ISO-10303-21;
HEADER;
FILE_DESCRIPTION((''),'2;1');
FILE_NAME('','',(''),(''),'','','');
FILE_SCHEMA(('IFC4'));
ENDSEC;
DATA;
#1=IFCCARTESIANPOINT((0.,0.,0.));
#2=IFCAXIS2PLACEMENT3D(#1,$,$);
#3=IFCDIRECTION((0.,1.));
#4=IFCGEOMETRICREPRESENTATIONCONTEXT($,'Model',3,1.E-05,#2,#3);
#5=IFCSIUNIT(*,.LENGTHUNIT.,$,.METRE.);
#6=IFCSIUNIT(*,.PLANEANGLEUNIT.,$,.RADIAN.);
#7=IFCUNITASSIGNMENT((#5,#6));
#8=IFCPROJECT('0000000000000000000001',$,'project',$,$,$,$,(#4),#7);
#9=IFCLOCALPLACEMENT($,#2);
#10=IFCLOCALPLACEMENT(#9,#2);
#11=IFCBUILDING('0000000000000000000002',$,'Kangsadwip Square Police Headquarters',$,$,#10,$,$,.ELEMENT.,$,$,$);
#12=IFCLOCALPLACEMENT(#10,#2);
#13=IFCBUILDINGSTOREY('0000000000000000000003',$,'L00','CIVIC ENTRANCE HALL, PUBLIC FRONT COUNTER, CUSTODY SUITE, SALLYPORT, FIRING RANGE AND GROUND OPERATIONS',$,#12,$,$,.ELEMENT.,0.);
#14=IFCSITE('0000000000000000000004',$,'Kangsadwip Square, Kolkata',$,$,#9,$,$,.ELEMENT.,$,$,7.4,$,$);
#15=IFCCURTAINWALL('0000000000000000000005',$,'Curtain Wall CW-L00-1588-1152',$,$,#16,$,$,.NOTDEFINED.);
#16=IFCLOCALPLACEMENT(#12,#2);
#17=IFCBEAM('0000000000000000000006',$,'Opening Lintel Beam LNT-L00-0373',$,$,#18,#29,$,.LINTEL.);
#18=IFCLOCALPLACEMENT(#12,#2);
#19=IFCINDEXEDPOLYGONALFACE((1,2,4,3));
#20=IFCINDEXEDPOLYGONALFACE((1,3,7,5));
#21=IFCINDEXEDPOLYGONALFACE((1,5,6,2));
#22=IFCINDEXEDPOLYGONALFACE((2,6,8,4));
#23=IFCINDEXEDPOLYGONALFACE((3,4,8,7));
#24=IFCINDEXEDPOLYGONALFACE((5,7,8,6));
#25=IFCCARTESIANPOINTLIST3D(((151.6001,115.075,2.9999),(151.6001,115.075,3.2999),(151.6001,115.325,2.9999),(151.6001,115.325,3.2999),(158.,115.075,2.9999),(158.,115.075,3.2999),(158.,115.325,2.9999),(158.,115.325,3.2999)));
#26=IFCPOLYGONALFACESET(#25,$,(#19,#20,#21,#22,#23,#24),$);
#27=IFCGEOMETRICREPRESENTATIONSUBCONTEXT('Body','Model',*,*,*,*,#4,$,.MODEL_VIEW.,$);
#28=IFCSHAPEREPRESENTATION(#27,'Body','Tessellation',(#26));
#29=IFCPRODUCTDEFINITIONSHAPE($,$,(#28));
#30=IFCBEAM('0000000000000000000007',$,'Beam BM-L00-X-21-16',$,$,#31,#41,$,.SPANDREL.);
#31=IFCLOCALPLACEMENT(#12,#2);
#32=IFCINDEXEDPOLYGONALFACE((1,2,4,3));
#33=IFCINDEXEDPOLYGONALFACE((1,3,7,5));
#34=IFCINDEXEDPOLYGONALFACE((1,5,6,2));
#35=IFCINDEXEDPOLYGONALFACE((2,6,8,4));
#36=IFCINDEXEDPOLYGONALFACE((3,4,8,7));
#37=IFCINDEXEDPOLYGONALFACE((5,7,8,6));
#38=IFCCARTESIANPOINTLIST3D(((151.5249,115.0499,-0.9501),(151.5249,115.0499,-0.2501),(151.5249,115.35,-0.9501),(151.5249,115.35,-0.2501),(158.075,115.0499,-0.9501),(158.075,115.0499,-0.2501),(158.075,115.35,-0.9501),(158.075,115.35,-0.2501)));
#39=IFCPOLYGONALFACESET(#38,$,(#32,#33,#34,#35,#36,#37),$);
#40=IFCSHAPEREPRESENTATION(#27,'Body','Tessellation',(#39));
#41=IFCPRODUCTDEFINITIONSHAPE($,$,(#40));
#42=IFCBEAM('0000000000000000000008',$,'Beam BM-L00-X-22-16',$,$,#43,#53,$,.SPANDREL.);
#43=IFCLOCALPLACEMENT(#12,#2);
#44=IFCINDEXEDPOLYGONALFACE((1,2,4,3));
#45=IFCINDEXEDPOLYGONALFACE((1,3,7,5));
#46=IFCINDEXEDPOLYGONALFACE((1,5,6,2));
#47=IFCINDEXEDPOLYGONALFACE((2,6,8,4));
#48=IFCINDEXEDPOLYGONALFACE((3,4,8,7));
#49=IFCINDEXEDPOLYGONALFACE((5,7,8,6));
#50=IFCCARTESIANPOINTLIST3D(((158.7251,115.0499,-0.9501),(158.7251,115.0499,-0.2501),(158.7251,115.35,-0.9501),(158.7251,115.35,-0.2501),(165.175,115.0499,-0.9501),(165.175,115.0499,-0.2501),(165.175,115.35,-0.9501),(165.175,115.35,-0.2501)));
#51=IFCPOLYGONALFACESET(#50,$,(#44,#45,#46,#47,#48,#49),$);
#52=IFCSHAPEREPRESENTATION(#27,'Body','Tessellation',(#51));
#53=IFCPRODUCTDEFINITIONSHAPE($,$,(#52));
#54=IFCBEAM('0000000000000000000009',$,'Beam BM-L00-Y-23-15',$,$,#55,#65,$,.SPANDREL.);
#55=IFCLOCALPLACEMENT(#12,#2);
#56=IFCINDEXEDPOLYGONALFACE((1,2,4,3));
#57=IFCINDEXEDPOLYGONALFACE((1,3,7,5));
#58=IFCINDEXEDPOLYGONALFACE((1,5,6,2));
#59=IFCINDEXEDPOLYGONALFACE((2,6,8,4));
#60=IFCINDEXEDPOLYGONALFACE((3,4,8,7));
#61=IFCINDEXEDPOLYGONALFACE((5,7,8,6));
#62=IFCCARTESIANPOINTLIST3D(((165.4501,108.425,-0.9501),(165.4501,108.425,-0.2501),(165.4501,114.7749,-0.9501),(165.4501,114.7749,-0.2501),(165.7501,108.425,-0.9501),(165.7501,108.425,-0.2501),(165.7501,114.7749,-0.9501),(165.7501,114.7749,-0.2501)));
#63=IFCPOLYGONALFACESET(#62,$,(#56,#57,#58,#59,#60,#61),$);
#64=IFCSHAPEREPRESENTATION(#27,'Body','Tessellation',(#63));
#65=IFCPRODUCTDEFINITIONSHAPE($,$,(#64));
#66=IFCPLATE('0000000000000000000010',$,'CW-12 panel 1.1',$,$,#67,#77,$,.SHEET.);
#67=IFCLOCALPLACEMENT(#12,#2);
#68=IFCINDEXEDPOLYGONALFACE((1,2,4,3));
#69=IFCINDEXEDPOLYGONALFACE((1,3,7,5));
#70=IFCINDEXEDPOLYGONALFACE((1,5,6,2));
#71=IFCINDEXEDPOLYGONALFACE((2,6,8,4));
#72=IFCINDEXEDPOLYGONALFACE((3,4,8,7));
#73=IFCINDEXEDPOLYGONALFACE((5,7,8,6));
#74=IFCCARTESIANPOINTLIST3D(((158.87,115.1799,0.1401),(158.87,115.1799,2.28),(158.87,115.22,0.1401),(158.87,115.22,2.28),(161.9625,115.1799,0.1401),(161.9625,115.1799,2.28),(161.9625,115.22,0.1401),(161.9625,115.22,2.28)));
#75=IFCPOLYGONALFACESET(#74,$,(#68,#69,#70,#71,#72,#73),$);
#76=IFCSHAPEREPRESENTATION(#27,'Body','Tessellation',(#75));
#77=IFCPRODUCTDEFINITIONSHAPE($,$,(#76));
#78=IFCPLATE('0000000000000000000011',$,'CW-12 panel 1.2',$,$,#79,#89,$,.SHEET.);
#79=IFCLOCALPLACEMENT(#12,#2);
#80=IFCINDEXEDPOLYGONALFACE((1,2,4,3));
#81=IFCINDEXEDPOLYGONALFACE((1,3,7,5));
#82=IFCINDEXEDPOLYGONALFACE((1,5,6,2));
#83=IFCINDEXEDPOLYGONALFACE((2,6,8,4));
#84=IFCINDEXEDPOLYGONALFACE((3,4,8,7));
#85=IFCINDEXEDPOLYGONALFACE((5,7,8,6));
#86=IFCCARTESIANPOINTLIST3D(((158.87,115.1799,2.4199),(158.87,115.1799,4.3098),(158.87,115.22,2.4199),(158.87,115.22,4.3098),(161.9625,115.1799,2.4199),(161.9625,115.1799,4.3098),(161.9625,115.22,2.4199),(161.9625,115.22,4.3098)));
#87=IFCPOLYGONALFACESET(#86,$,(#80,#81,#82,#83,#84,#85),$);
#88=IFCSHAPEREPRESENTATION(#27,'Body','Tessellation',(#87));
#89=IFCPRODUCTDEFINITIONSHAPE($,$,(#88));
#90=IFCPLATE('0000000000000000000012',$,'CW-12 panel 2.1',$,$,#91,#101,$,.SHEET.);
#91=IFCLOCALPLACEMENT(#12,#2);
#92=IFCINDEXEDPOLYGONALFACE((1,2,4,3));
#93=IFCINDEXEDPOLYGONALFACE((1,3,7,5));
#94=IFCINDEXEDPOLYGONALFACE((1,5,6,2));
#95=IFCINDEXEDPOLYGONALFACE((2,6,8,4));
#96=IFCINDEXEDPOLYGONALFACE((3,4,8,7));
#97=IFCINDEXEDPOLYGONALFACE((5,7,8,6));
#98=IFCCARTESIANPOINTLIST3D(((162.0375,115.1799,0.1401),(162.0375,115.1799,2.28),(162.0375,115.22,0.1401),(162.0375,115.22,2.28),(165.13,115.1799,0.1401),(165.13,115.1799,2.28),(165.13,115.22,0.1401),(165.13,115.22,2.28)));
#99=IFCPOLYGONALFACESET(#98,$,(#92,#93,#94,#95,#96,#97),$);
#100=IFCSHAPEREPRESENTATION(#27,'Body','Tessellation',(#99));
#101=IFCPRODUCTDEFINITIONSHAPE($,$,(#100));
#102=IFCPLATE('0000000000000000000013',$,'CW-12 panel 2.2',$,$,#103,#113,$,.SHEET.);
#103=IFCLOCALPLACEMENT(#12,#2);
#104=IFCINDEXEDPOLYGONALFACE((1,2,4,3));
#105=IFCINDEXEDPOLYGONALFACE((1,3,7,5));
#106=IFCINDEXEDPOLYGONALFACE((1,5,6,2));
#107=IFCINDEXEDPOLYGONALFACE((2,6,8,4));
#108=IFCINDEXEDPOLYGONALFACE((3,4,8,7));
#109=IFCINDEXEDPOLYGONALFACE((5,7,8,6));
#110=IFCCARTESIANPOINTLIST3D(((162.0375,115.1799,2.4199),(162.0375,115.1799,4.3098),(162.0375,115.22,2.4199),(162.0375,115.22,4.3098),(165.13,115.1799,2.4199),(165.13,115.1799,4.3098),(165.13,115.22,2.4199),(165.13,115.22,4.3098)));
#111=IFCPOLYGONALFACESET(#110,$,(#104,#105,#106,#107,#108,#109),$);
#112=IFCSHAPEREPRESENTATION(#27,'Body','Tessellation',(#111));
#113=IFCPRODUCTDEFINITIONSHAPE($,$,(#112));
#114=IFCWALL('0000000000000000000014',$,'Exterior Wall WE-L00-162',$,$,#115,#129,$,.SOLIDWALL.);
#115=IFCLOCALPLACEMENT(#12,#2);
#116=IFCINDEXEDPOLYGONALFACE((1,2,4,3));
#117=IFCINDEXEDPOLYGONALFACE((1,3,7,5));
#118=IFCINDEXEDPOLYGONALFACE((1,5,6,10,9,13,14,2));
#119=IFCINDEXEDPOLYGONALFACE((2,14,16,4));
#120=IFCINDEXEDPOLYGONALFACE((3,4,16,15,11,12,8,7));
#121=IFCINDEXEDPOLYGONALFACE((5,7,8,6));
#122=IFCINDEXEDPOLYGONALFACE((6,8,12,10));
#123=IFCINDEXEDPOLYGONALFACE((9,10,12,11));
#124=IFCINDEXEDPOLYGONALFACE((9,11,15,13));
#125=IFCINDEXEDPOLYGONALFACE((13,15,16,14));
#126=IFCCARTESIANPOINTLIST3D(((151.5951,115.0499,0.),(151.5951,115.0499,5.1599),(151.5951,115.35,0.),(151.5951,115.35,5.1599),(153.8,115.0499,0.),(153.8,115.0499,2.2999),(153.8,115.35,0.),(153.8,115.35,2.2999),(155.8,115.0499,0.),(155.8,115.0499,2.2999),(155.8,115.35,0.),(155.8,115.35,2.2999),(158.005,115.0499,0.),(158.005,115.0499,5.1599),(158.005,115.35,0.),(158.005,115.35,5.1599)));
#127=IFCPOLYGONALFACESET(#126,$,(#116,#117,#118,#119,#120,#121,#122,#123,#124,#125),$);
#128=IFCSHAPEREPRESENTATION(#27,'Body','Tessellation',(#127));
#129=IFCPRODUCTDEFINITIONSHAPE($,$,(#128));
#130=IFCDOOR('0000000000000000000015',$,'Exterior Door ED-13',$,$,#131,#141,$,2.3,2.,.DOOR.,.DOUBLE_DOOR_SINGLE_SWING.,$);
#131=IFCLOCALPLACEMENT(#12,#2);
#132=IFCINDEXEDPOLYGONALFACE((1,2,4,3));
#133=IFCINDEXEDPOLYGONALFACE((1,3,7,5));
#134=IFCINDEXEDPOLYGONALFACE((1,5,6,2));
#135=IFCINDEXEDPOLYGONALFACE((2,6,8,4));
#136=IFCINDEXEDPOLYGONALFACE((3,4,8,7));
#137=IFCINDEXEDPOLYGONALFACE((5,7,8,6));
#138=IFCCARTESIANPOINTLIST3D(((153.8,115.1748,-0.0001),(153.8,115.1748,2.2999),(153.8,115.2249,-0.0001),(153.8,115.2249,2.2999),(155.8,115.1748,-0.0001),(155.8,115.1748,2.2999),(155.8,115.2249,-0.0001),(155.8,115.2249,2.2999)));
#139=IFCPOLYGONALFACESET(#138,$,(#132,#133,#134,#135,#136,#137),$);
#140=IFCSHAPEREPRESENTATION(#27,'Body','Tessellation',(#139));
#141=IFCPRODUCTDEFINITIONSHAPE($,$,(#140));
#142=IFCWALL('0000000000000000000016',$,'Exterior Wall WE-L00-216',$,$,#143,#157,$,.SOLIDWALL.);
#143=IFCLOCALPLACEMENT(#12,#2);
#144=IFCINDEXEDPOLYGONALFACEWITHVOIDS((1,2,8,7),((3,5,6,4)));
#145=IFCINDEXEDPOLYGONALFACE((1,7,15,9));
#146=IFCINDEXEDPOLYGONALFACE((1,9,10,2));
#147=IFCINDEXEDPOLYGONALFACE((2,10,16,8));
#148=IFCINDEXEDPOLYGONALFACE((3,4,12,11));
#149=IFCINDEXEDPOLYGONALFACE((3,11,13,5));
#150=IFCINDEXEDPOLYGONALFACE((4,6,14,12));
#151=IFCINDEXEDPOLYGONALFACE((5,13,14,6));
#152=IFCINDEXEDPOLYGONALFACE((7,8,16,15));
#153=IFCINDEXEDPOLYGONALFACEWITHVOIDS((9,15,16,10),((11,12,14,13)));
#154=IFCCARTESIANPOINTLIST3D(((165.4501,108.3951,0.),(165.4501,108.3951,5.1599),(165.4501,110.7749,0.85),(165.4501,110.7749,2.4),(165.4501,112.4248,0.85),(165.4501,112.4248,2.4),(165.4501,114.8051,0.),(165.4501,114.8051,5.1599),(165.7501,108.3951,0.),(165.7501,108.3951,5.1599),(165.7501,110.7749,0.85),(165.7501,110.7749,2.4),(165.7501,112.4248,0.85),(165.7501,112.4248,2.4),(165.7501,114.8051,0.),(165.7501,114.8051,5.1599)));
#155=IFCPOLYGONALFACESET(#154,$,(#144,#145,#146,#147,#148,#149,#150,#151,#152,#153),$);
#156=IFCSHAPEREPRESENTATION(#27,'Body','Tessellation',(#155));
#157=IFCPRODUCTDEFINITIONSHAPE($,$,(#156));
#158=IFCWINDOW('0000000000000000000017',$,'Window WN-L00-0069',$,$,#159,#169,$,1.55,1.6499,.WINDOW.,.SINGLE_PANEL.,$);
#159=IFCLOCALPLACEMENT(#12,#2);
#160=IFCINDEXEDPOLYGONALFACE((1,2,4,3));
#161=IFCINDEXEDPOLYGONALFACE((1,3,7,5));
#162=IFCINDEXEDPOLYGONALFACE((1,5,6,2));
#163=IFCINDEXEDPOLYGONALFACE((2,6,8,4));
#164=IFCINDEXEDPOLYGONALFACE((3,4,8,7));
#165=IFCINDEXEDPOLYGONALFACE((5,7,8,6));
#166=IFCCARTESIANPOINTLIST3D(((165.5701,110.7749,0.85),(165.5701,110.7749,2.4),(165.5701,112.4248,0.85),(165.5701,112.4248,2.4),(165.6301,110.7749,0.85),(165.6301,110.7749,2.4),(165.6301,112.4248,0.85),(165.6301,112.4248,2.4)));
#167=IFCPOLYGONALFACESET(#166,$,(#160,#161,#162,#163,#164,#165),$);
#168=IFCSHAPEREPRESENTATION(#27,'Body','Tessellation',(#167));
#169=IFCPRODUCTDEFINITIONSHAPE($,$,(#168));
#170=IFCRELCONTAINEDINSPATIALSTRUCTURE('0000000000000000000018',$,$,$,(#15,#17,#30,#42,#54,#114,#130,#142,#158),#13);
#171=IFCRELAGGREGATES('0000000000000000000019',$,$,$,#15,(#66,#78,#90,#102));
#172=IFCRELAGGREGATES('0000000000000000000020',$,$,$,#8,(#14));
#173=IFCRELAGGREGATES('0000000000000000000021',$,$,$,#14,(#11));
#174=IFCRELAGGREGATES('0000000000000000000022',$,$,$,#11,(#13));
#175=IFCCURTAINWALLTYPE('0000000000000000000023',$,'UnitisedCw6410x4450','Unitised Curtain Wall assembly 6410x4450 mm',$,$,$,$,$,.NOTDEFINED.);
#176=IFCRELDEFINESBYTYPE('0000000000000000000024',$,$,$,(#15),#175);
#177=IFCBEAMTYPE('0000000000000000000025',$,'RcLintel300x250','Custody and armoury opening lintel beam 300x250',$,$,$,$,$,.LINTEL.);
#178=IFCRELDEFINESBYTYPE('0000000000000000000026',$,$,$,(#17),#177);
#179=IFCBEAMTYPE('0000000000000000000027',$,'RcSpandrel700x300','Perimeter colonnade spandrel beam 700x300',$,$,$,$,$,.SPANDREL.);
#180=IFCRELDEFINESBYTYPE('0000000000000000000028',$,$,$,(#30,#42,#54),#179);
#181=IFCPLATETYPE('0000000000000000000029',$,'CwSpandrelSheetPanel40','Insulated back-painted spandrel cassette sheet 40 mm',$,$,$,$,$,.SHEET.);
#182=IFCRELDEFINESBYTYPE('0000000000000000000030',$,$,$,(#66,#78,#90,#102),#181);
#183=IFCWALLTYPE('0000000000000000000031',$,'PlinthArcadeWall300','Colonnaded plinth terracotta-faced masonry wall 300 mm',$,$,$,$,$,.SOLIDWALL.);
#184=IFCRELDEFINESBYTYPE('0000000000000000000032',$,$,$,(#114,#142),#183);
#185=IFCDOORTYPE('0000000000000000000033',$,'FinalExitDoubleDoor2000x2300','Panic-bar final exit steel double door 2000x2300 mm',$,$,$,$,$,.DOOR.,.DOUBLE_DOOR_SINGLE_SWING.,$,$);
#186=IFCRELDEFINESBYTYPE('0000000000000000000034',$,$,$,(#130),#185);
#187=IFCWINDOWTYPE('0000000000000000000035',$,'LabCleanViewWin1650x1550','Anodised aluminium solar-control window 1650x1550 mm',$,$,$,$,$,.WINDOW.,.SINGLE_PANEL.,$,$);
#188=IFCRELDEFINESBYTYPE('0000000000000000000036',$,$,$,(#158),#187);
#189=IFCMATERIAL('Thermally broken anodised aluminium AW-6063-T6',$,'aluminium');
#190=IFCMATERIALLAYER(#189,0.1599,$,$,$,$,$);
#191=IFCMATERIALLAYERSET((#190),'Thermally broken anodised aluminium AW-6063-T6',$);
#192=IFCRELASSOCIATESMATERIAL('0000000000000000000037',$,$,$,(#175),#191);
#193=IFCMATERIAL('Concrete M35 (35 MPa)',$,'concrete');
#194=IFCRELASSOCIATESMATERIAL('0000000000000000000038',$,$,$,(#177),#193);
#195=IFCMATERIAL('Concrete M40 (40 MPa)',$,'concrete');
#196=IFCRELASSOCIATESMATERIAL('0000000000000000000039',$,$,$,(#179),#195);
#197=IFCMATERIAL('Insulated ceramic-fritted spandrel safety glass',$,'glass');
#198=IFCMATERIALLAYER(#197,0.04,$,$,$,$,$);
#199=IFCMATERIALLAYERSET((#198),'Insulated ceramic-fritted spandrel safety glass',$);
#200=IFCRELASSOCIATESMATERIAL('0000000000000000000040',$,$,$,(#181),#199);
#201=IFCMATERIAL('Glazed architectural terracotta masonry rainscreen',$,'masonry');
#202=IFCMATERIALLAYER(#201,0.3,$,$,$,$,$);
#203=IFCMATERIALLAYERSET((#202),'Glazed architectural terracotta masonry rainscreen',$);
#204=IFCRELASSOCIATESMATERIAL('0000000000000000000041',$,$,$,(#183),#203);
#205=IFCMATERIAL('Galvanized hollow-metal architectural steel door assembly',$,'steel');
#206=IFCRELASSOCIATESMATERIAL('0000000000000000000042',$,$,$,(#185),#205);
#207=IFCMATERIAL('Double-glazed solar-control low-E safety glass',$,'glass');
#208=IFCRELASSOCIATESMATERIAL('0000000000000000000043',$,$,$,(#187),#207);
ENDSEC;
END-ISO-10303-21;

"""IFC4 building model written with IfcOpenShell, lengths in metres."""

from ifc_helpers import new_model, si_unit, direction, frame, frame_2d, origin, origin_2d, place, context, subcontext, project, spatial, rectangle, extrude, material, layer, layer_set, material_profile, profile_set, type_object, element, fill, aggregate, save


model = new_model("IFC4")

# Units and contexts
model_context = context("Model", 3, precision=1e-05, world=origin(), true_north=direction((0.0, 1.0)))
body_context = subcontext(model_context, "Body", "Model", "MODEL_VIEW")
ifc_project = project(units=[si_unit("LENGTHUNIT", "METRE"), si_unit("PLANEANGLEUNIT", "RADIAN")], contexts=[model_context])

# Site, building, storey
site_placement = place(None, origin())
site = spatial("IfcSite", under=ifc_project, at=site_placement, Name="Kangsadwip Square, Kolkata", CompositionType="ELEMENT", RefElevation=7.4)
building_placement = place(site_placement, origin())
building = spatial("IfcBuilding", under=site, at=building_placement, Name="Kangsadwip Square Police Headquarters", CompositionType="ELEMENT")
storey_placement = place(building_placement, origin())
storey = spatial("IfcBuildingStorey", under=building, at=storey_placement, Name="L00", Description="CIVIC ENTRANCE HALL, PUBLIC FRONT COUNTER, CUSTODY SUITE, SALLYPORT, FIRING RANGE AND GROUND OPERATIONS", CompositionType="ELEMENT", Elevation=0.0)

# Curtain wall
ifc_material_1 = material(Name="Thermally broken anodised aluminium AW-6063-T6", Category="aluminium")
ifc_layer_1 = layer(ifc_material_1, 0.1599)
ifc_layer_set_1 = layer_set([ifc_layer_1], Name="Thermally broken anodised aluminium AW-6063-T6")
curtain_wall_type = type_object("IfcCurtainWallType", Name="UnitisedCw6410x4450", Description="Unitised Curtain Wall assembly 6410x4450 mm", PredefinedType="NOTDEFINED", material=ifc_layer_set_1)
curtain_wall_placement = place(storey_placement, origin())
curtain_wall = element("IfcCurtainWall", 1, at=curtain_wall_placement, inside=storey, type_object=curtain_wall_type, Name="Curtain Wall CW-L00-1588-1152", PredefinedType="NOTDEFINED")

# Beams
ifc_material_2 = material(Name="Concrete M35 (35 MPa)", Category="concrete")
ifc_material_profile_1 = material_profile(ifc_material_2, rectangle(XDim=0.25, YDim=0.3, at=origin_2d()), Name="RC LNT 300X250")
ifc_profile_set_1 = profile_set([ifc_material_profile_1], Name="Concrete M35 (35 MPa)")
beam_type_1 = type_object("IfcBeamType", Name="RcLintel300x250", Description="Custody and armoury opening lintel beam 300x250", PredefinedType="LINTEL", material=ifc_profile_set_1)
beam_1_placement = place(storey_placement, frame((151.6001, 115.2, 3.1499), z_axis=(1.0, 0.0, 0.0), x_axis=(0.0, 1.0, 0.0)))
element("IfcBeam", 2, at=beam_1_placement, inside=storey, type_object=beam_type_1, Name="Opening Lintel Beam LNT-L00-0373", PredefinedType="LINTEL", context=body_context, shape_type="SweptSolid", body=[
    extrude(rectangle(XDim=0.25, YDim=0.3, at=origin_2d()), origin(), (0.0, 0.0, 1.0), 6.3999),
])
ifc_material_3 = material(Name="Concrete M40 (40 MPa)", Category="concrete")
ifc_material_profile_2 = material_profile(ifc_material_3, rectangle(XDim=0.3, YDim=0.7, at=origin_2d()), Name="RC SPN 700X300")
ifc_profile_set_2 = profile_set([ifc_material_profile_2], Name="Concrete M40 (40 MPa)")
beam_type_2 = type_object("IfcBeamType", Name="RcSpandrel700x300", Description="Perimeter colonnade spandrel beam 700x300", PredefinedType="SPANDREL", material=ifc_profile_set_2)
beam_2_placement = place(storey_placement, frame((151.5249, 115.2, -0.6001), z_axis=(1.0, 0.0, 0.0), x_axis=(0.0, 1.0, 0.0)))
element("IfcBeam", 3, at=beam_2_placement, inside=storey, type_object=beam_type_2, Name="Beam BM-L00-X-21-16", PredefinedType="SPANDREL", context=body_context, shape_type="SweptSolid", body=[
    extrude(rectangle(XDim=0.3, YDim=0.7, at=origin_2d()), origin(), (0.0, 0.0, 1.0), 6.55),
])
beam_3_placement = place(storey_placement, frame((158.7251, 115.2, -0.6001), z_axis=(1.0, 0.0, 0.0), x_axis=(0.0, 1.0, 0.0)))
element("IfcBeam", 4, at=beam_3_placement, inside=storey, type_object=beam_type_2, Name="Beam BM-L00-X-22-16", PredefinedType="SPANDREL", context=body_context, shape_type="SweptSolid", body=[
    extrude(rectangle(XDim=0.3, YDim=0.7, at=origin_2d()), origin(), (0.0, 0.0, 1.0), 6.45),
])
beam_4_placement = place(storey_placement, frame((165.6001, 108.425, -0.6001), z_axis=(0.0, 1.0, 0.0), x_axis=(-1.0, 0.0, 0.0)))
element("IfcBeam", 5, at=beam_4_placement, inside=storey, type_object=beam_type_2, Name="Beam BM-L00-Y-23-15", PredefinedType="SPANDREL", context=body_context, shape_type="SweptSolid", body=[
    extrude(rectangle(XDim=0.3, YDim=0.7, at=origin_2d()), origin(), (0.0, 0.0, 1.0), 6.3499),
])

# Plates
ifc_material_4 = material(Name="Insulated ceramic-fritted spandrel safety glass", Category="glass")
ifc_layer_2 = layer(ifc_material_4, 0.04)
ifc_layer_set_2 = layer_set([ifc_layer_2], Name="Insulated ceramic-fritted spandrel safety glass")
plate_type = type_object("IfcPlateType", Name="CwSpandrelSheetPanel40", Description="Insulated back-painted spandrel cassette sheet 40 mm", PredefinedType="SHEET", material=ifc_layer_set_2)
plate_1_placement = place(storey_placement, frame((160.4163, 115.2, 0.1401), z_axis=(0.0, 0.0, 1.0), x_axis=(1.0, 0.0, 0.0)))
plate_1 = element("IfcPlate", 6, at=plate_1_placement, type_object=plate_type, Name="CW-12 panel 1.1", PredefinedType="SHEET", context=body_context, shape_type="SweptSolid", body=[
    extrude(rectangle(XDim=3.0925, YDim=0.04, at=origin_2d()), origin(), (0.0, 0.0, 1.0), 2.1399),
])
plate_2_placement = place(storey_placement, frame((160.4163, 115.2, 2.4199), z_axis=(0.0, 0.0, 1.0), x_axis=(1.0, 0.0, 0.0)))
plate_2 = element("IfcPlate", 7, at=plate_2_placement, type_object=plate_type, Name="CW-12 panel 1.2", PredefinedType="SHEET", context=body_context, shape_type="SweptSolid", body=[
    extrude(rectangle(XDim=3.0925, YDim=0.04, at=origin_2d()), origin(), (0.0, 0.0, 1.0), 1.8899),
])
plate_3_placement = place(storey_placement, frame((163.5837, 115.2, 0.1401), z_axis=(0.0, 0.0, 1.0), x_axis=(1.0, 0.0, 0.0)))
plate_3 = element("IfcPlate", 8, at=plate_3_placement, type_object=plate_type, Name="CW-12 panel 2.1", PredefinedType="SHEET", context=body_context, shape_type="SweptSolid", body=[
    extrude(rectangle(XDim=3.0925, YDim=0.04, at=origin_2d()), origin(), (0.0, 0.0, 1.0), 2.1399),
])
plate_4_placement = place(storey_placement, frame((163.5837, 115.2, 2.4199), z_axis=(0.0, 0.0, 1.0), x_axis=(1.0, 0.0, 0.0)))
plate_4 = element("IfcPlate", 9, at=plate_4_placement, type_object=plate_type, Name="CW-12 panel 2.2", PredefinedType="SHEET", context=body_context, shape_type="SweptSolid", body=[
    extrude(rectangle(XDim=3.0925, YDim=0.04, at=origin_2d()), origin(), (0.0, 0.0, 1.0), 1.8899),
])
aggregate(curtain_wall, [plate_1, plate_2, plate_3, plate_4])

# Wall, opening, door
ifc_material_5 = material(Name="Glazed architectural terracotta masonry rainscreen", Category="masonry")
ifc_layer_3 = layer(ifc_material_5, 0.3)
ifc_layer_set_3 = layer_set([ifc_layer_3], Name="Glazed architectural terracotta masonry rainscreen")
wall_type = type_object("IfcWallType", Name="PlinthArcadeWall300", Description="Colonnaded plinth terracotta-faced masonry wall 300 mm", PredefinedType="SOLIDWALL", material=ifc_layer_set_3)
wall_1_placement = place(storey_placement, frame((151.595, 115.2, 0.0), z_axis=(0.0, 0.0, 1.0), x_axis=(1.0, 0.0, 0.0)))
wall_1 = element("IfcWall", 10, at=wall_1_placement, inside=storey, type_object=wall_type, Name="Exterior Wall WE-L00-162", PredefinedType="SOLIDWALL", context=body_context, shape_type="SweptSolid", body=[
    extrude(rectangle(XDim=6.4099, YDim=0.3, at=frame_2d((3.2051, 0.0))), origin(), (0.0, 0.0, 1.0), 5.1599),
])
opening_1_placement = place(wall_1_placement, frame((2.2051, 0.0, 0.0)))
opening_1 = element("IfcOpeningElement", 11, at=opening_1_placement, cuts=wall_1, PredefinedType="OPENING", context=body_context, shape_type="SweptSolid", body=[
    extrude(rectangle(XDim=2.0, YDim=2.3, at=frame_2d((1.0, 1.1499))), frame((0.0, 0.1599, 0.0), z_axis=(0.0, -1.0, 0.0), x_axis=(1.0, 0.0, 0.0)), (0.0, 0.0, 1.0), 0.3201),
])
ifc_material_6 = material(Name="Galvanized hollow-metal architectural steel door assembly", Category="steel")
door_type = type_object("IfcDoorType", Name="FinalExitDoubleDoor2000x2300", Description="Panic-bar final exit steel double door 2000x2300 mm", OperationType="DOUBLE_DOOR_SINGLE_SWING", PredefinedType="DOOR", material=ifc_material_6)
door_placement = place(opening_1_placement, origin())
door = element("IfcDoor", 12, at=door_placement, inside=storey, type_object=door_type, Name="Exterior Door ED-13", OperationType="DOUBLE_DOOR_SINGLE_SWING", OverallHeight=2.3, OverallWidth=2.0, PredefinedType="DOOR", context=body_context, shape_type="SweptSolid", body=[
    extrude(rectangle(XDim=2.0, YDim=2.3, at=frame_2d((1.0, 1.1499))), frame((0.0, 0.0249, 0.0), z_axis=(0.0, -1.0, 0.0), x_axis=(1.0, 0.0, 0.0)), (0.0, 0.0, 1.0), 0.05),
])
fill(opening_1, door)

# Wall, opening, window
wall_2_placement = place(storey_placement, frame((165.6001, 108.395, 0.0), z_axis=(0.0, 0.0, 1.0), x_axis=(0.0, 1.0, 0.0)))
wall_2 = element("IfcWall", 13, at=wall_2_placement, inside=storey, type_object=wall_type, Name="Exterior Wall WE-L00-216", PredefinedType="SOLIDWALL", context=body_context, shape_type="SweptSolid", body=[
    extrude(rectangle(XDim=6.4099, YDim=0.3, at=frame_2d((3.2051, 0.0))), origin(), (0.0, 0.0, 1.0), 5.1599),
])
opening_2_placement = place(wall_2_placement, frame((2.3799, 0.0, 0.8501)))
opening_2 = element("IfcOpeningElement", 14, at=opening_2_placement, cuts=wall_2, PredefinedType="OPENING", context=body_context, shape_type="SweptSolid", body=[
    extrude(rectangle(XDim=1.6499, YDim=1.55, at=frame_2d((0.825, 0.7749))), frame((0.0, 0.1599, 0.0), z_axis=(0.0, -1.0, 0.0), x_axis=(1.0, 0.0, 0.0)), (0.0, 0.0, 1.0), 0.3201),
])
ifc_material_7 = material(Name="Double-glazed solar-control low-E safety glass", Category="glass")
window_type = type_object("IfcWindowType", Name="LabCleanViewWin1650x1550", Description="Anodised aluminium solar-control window 1650x1550 mm", PartitioningType="SINGLE_PANEL", PredefinedType="WINDOW", material=ifc_material_7)
window_placement = place(opening_2_placement, origin())
window = element("IfcWindow", 15, at=window_placement, inside=storey, type_object=window_type, Name="Window WN-L00-0069", OverallHeight=1.55, OverallWidth=1.6499, PartitioningType="SINGLE_PANEL", PredefinedType="WINDOW", context=body_context, shape_type="SweptSolid", body=[
    extrude(rectangle(XDim=1.6499, YDim=1.55, at=frame_2d((0.825, 0.7749))), frame((0.0, 0.03, 0.0), z_axis=(0.0, -1.0, 0.0), x_axis=(1.0, 0.0, 0.0)), (0.0, 0.0, 1.0), 0.0601),
])
fill(opening_2, window)

save(model, "model.ifc")
